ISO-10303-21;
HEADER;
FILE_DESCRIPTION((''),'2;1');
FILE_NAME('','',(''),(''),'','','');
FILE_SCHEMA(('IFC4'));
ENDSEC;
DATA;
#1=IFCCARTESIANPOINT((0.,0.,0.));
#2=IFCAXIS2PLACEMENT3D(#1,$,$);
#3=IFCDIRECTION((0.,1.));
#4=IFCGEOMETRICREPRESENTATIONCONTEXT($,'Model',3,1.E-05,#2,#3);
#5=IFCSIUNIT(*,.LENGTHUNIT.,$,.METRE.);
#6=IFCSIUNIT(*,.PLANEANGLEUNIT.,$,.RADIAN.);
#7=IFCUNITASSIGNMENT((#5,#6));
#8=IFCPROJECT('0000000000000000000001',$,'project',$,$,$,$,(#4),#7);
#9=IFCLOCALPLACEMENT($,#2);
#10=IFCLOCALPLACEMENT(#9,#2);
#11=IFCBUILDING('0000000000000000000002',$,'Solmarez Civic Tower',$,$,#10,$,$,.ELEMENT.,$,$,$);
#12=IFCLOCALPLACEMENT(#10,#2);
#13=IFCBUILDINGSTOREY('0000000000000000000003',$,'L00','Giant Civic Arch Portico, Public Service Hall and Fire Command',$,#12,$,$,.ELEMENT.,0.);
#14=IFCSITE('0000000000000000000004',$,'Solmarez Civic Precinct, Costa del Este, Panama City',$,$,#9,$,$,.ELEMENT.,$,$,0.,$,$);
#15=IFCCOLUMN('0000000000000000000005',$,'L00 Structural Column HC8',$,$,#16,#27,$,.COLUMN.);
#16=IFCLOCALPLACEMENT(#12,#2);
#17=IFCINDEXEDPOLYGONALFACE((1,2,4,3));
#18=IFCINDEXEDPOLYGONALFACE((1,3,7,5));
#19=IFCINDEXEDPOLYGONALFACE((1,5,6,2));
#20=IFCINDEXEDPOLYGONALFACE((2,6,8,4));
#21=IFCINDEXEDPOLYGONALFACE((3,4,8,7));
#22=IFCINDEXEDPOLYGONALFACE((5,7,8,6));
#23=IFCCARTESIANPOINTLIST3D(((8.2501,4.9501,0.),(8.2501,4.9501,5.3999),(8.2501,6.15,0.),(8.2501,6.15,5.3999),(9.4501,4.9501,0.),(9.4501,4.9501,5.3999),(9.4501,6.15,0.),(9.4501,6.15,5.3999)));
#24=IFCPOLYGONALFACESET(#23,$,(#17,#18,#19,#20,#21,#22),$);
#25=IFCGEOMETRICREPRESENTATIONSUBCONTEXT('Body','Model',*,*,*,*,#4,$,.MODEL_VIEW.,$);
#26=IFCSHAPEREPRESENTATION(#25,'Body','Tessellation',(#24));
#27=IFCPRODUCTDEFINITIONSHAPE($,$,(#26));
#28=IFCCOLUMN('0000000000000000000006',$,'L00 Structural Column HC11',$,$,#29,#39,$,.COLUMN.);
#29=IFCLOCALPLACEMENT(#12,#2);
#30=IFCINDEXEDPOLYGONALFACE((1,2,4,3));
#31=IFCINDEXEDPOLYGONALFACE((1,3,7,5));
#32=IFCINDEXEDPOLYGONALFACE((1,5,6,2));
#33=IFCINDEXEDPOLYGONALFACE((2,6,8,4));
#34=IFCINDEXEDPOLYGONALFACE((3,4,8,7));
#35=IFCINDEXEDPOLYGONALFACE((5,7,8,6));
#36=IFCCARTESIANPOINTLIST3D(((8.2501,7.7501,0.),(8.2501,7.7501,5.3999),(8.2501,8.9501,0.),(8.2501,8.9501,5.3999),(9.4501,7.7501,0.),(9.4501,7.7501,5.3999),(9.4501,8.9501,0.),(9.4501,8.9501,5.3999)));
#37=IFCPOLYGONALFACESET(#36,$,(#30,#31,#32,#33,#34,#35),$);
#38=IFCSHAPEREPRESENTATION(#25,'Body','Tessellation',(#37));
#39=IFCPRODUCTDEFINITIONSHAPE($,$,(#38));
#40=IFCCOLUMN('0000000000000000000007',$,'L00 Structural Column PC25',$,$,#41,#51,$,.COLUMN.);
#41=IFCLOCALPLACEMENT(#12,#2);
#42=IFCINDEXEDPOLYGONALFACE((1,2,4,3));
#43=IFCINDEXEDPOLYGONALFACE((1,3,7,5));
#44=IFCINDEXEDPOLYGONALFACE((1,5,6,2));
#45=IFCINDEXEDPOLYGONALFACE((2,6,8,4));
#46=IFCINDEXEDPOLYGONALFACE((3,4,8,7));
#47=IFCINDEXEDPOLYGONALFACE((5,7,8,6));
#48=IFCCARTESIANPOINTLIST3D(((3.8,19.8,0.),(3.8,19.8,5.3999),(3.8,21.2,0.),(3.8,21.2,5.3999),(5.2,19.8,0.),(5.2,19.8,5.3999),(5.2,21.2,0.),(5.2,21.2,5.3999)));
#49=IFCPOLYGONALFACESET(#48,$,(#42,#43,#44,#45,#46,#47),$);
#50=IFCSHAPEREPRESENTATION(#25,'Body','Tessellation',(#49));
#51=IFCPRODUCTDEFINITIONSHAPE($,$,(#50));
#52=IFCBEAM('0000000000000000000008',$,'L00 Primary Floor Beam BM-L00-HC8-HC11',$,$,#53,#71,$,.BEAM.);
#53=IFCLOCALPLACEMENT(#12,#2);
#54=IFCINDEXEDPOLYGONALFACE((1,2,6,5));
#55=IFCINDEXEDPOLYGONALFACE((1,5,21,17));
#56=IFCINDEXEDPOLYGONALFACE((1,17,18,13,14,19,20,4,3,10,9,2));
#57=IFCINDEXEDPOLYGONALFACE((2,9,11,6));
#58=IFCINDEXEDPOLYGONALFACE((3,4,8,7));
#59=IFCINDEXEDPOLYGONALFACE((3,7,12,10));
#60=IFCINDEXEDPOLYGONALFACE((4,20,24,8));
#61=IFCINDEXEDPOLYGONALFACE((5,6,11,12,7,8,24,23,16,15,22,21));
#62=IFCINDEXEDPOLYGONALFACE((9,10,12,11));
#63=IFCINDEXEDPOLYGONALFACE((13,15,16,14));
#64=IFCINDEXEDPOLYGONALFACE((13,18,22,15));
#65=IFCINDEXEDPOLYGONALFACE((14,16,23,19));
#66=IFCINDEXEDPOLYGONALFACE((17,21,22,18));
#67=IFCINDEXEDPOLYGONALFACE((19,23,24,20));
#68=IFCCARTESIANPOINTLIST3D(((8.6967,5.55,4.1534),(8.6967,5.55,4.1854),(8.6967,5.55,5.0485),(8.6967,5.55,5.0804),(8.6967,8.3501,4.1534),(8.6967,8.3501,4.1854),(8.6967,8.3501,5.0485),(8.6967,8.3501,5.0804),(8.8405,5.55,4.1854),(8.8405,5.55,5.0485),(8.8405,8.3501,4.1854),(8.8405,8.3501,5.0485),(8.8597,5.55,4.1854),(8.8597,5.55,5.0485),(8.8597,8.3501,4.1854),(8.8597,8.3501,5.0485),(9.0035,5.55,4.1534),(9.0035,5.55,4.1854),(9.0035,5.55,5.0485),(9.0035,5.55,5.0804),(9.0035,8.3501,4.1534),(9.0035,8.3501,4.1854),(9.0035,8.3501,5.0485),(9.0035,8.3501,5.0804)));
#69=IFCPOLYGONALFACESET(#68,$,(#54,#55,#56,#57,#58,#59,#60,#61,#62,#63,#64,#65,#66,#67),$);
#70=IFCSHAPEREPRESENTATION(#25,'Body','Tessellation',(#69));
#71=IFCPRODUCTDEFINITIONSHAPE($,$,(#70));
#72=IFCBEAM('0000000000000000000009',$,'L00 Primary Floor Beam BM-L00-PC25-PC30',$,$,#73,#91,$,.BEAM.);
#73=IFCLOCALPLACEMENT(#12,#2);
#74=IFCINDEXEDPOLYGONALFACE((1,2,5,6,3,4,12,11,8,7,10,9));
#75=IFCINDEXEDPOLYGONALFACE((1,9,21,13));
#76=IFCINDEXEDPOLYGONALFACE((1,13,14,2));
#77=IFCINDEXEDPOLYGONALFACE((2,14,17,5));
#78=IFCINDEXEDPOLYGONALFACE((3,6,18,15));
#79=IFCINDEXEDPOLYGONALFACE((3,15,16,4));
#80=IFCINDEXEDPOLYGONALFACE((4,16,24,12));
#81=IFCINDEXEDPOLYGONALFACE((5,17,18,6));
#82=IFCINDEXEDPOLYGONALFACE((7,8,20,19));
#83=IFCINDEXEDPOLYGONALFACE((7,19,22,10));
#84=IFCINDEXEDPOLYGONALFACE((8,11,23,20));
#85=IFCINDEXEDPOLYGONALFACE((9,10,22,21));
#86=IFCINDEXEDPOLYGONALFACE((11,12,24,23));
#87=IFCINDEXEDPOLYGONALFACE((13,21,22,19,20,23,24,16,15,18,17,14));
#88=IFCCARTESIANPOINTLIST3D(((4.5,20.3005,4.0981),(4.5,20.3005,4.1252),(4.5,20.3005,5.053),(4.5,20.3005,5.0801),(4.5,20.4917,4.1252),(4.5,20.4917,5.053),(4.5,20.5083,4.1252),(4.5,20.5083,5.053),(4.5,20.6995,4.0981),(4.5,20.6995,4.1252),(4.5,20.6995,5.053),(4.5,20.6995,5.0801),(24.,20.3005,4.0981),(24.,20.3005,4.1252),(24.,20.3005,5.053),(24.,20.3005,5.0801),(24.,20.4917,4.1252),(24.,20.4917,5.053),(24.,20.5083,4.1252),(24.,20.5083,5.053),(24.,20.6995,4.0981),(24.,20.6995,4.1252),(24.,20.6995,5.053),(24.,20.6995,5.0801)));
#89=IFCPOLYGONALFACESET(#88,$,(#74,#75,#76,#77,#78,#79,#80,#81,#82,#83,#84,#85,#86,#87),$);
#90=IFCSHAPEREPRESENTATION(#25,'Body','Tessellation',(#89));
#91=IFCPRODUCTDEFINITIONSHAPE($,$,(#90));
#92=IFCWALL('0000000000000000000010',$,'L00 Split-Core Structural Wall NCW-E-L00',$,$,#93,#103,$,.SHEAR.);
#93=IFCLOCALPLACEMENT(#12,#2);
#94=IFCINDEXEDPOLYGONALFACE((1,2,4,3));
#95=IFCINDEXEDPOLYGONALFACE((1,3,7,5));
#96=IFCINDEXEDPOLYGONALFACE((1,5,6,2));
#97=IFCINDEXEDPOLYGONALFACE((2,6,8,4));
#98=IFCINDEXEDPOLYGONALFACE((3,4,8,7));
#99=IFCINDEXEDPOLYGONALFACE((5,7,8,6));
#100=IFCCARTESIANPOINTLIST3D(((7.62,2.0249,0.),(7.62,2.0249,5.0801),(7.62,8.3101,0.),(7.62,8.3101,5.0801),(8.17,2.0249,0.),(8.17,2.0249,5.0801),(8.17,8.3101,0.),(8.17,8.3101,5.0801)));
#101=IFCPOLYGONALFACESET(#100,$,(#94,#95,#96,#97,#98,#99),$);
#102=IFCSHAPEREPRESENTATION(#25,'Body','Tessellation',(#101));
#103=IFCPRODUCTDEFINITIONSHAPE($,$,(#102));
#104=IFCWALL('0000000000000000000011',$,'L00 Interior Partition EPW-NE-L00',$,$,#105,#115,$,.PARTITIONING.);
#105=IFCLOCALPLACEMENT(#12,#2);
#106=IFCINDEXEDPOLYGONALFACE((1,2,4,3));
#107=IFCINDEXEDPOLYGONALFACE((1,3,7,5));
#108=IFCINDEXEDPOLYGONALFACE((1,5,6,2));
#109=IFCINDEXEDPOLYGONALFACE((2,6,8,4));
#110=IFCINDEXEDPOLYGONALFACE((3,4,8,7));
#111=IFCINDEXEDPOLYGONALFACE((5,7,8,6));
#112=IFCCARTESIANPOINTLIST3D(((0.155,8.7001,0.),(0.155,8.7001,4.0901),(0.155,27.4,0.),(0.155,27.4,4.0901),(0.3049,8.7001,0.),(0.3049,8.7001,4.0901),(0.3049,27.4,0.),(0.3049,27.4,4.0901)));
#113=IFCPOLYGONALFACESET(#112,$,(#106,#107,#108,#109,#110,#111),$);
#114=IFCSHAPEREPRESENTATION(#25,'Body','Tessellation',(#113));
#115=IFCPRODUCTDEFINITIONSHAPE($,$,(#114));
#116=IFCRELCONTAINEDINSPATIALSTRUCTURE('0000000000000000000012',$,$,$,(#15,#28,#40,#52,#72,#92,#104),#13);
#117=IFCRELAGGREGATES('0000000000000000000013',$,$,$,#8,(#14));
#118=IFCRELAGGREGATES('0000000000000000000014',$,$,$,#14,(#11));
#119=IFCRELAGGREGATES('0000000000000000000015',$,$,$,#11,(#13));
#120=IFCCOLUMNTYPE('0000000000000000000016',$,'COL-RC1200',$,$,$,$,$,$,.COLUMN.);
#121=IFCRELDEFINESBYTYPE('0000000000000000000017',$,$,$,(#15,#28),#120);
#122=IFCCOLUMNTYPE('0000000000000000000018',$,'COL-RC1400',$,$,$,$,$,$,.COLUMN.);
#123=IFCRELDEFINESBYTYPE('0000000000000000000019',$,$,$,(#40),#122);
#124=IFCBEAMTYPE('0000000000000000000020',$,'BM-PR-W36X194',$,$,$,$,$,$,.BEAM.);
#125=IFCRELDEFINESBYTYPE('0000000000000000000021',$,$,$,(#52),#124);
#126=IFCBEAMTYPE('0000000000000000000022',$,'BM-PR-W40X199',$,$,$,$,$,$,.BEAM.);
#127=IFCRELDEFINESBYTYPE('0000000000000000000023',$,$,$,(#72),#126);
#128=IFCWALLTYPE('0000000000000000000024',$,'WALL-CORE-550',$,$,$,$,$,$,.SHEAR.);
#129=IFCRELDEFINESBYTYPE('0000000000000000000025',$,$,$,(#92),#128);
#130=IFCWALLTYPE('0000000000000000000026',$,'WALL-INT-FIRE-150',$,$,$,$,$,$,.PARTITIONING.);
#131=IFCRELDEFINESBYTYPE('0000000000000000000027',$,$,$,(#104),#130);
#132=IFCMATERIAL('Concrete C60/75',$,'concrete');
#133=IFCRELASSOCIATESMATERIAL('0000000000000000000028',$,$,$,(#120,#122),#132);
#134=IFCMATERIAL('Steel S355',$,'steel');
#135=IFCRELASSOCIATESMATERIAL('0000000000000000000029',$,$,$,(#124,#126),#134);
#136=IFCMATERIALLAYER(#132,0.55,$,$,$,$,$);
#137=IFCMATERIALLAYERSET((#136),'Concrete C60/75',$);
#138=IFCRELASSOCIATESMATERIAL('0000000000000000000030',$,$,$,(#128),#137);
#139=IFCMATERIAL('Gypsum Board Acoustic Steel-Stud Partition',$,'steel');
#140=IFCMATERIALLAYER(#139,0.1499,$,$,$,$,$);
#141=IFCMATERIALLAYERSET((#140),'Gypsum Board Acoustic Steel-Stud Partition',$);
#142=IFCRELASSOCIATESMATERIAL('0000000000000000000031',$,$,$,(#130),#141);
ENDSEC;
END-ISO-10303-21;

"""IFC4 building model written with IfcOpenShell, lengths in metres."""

from ifc_helpers import new_model, si_unit, direction, frame, frame_2d, origin, origin_2d, place, context, subcontext, project, spatial, rectangle, i_section, extrude, material, layer, layer_set, material_profile, profile_set, type_object, element, save


model = new_model("IFC4")

# Units and contexts
model_context = context("Model", 3, precision=1e-05, world=origin(), true_north=direction((0.0, 1.0)))
body_context = subcontext(model_context, "Body", "Model", "MODEL_VIEW")
ifc_project = project(units=[si_unit("LENGTHUNIT", "METRE"), si_unit("PLANEANGLEUNIT", "RADIAN")], contexts=[model_context])

# Site, building, storey
site_placement = place(None, origin())
site = spatial("IfcSite", under=ifc_project, at=site_placement, Name="Solmarez Civic Precinct, Costa del Este, Panama City", CompositionType="ELEMENT", RefElevation=0.0)
building_placement = place(site_placement, origin())
building = spatial("IfcBuilding", under=site, at=building_placement, Name="Solmarez Civic Tower", CompositionType="ELEMENT")
storey_placement = place(building_placement, origin())
storey = spatial("IfcBuildingStorey", under=building, at=storey_placement, Name="L00", Description="Giant Civic Arch Portico, Public Service Hall and Fire Command", CompositionType="ELEMENT", Elevation=0.0)

# Columns
ifc_material_1 = material(Name="Concrete C60/75", Category="concrete")
ifc_material_profile_1 = material_profile(ifc_material_1, rectangle(XDim=1.2, YDim=1.2, at=origin_2d()), Name="RC1200X1200")
ifc_profile_set_1 = profile_set([ifc_material_profile_1], Name="Concrete C60/75")
column_type_1 = type_object("IfcColumnType", Name="COL-RC1200", PredefinedType="COLUMN", material=ifc_profile_set_1)
for number, where, z_axis, x_axis, name in (
    (1, (8.8501, 5.55, 0.0), (0.0, 0.0, 1.0), (1.0, 0.0, 0.0), "L00 Structural Column HC8"),
    (2, (8.8501, 8.3501, 0.0), (0.0, 0.0, 1.0), (1.0, 0.0, 0.0), "L00 Structural Column HC11"),
):
    element("IfcColumn", number, at=place(storey_placement, frame(where, z_axis=z_axis, x_axis=x_axis)), inside=storey, type_object=column_type_1, Name=name, PredefinedType="COLUMN", context=body_context, shape_type="SweptSolid", body=[
        extrude(rectangle(XDim=1.2, YDim=1.2, at=origin_2d()), origin(), (0.0, 0.0, 1.0), 5.3999),
    ])
ifc_material_profile_2 = material_profile(ifc_material_1, rectangle(XDim=1.3999, YDim=1.3999, at=origin_2d()), Name="RC1400X1400")
ifc_profile_set_2 = profile_set([ifc_material_profile_2], Name="Concrete C60/75")
column_type_2 = type_object("IfcColumnType", Name="COL-RC1400", PredefinedType="COLUMN", material=ifc_profile_set_2)
column_placement = place(storey_placement, frame((4.5, 20.5, 0.0), z_axis=(0.0, 0.0, 1.0), x_axis=(1.0, 0.0, 0.0)))
element("IfcColumn", 3, at=column_placement, inside=storey, type_object=column_type_2, Name="L00 Structural Column PC25", PredefinedType="COLUMN", context=body_context, shape_type="SweptSolid", body=[
    extrude(rectangle(XDim=1.3999, YDim=1.3999, at=origin_2d()), origin(), (0.0, 0.0, 1.0), 5.3999),
])

# Beams
ifc_material_2 = material(Name="Steel S355", Category="steel")
ifc_material_profile_3 = material_profile(ifc_material_2, i_section(OverallWidth=0.3069, OverallDepth=0.927, WebThickness=0.0193, FlangeThickness=0.032, at=origin_2d()), Name="W36X194")
ifc_profile_set_3 = profile_set([ifc_material_profile_3], Name="Steel S355")
beam_type_1 = type_object("IfcBeamType", Name="BM-PR-W36X194", PredefinedType="BEAM", material=ifc_profile_set_3)
beam_1_placement = place(storey_placement, frame((8.8501, 5.55, 4.6169), z_axis=(0.0, 1.0, 0.0), x_axis=(-1.0, 0.0, 0.0)))
element("IfcBeam", 4, at=beam_1_placement, inside=storey, type_object=beam_type_1, Name="L00 Primary Floor Beam BM-L00-HC8-HC11", PredefinedType="BEAM", context=body_context, shape_type="SweptSolid", body=[
    extrude(i_section(OverallWidth=0.3069, OverallDepth=0.927, WebThickness=0.0193, FlangeThickness=0.032, at=origin_2d()), origin(), (0.0, 0.0, 1.0), 2.8),
])
ifc_material_profile_4 = material_profile(ifc_material_2, i_section(OverallWidth=0.3989, OverallDepth=0.9819, WebThickness=0.0166, FlangeThickness=0.0271, at=origin_2d()), Name="W40X199")
ifc_profile_set_4 = profile_set([ifc_material_profile_4], Name="Steel S355")
beam_type_2 = type_object("IfcBeamType", Name="BM-PR-W40X199", PredefinedType="BEAM", material=ifc_profile_set_4)
beam_2_placement = place(storey_placement, frame((4.5, 20.5, 4.5891), z_axis=(1.0, 0.0, 0.0), x_axis=(0.0, 1.0, 0.0)))
element("IfcBeam", 5, at=beam_2_placement, inside=storey, type_object=beam_type_2, Name="L00 Primary Floor Beam BM-L00-PC25-PC30", PredefinedType="BEAM", context=body_context, shape_type="SweptSolid", body=[
    extrude(i_section(OverallWidth=0.3989, OverallDepth=0.9819, WebThickness=0.0166, FlangeThickness=0.0271, at=origin_2d()), origin(), (0.0, 0.0, 1.0), 19.5),
])

# Walls
ifc_layer_1 = layer(ifc_material_1, 0.55)
ifc_layer_set_1 = layer_set([ifc_layer_1], Name="Concrete C60/75")
wall_type_1 = type_object("IfcWallType", Name="WALL-CORE-550", PredefinedType="SHEAR", material=ifc_layer_set_1)
wall_1_placement = place(storey_placement, frame((7.895, 8.3101, 0.0), z_axis=(0.0, 0.0, 1.0), x_axis=(0.0, -1.0, 0.0)))
element("IfcWall", 6, at=wall_1_placement, inside=storey, type_object=wall_type_1, Name="L00 Split-Core Structural Wall NCW-E-L00", PredefinedType="SHEAR", context=body_context, shape_type="SweptSolid", body=[
    extrude(rectangle(XDim=6.2852, YDim=0.55, at=frame_2d((3.1426, 0.0))), origin(), (0.0, 0.0, 1.0), 5.0801),
])
ifc_material_3 = material(Name="Gypsum Board Acoustic Steel-Stud Partition", Category="steel")
ifc_layer_2 = layer(ifc_material_3, 0.1499)
ifc_layer_set_2 = layer_set([ifc_layer_2], Name="Gypsum Board Acoustic Steel-Stud Partition")
wall_type_2 = type_object("IfcWallType", Name="WALL-INT-FIRE-150", PredefinedType="PARTITIONING", material=ifc_layer_set_2)
wall_2_placement = place(storey_placement, frame((0.23, 8.7, 0.0), z_axis=(0.0, 0.0, 1.0), x_axis=(0.0, 1.0, 0.0)))
element("IfcWall", 7, at=wall_2_placement, inside=storey, type_object=wall_type_2, Name="L00 Interior Partition EPW-NE-L00", PredefinedType="PARTITIONING", context=body_context, shape_type="SweptSolid", body=[
    extrude(rectangle(XDim=18.7, YDim=0.1499, at=frame_2d((9.3501, 0.0))), origin(), (0.0, 0.0, 1.0), 4.0901),
])

save(model, "model.ifc")
